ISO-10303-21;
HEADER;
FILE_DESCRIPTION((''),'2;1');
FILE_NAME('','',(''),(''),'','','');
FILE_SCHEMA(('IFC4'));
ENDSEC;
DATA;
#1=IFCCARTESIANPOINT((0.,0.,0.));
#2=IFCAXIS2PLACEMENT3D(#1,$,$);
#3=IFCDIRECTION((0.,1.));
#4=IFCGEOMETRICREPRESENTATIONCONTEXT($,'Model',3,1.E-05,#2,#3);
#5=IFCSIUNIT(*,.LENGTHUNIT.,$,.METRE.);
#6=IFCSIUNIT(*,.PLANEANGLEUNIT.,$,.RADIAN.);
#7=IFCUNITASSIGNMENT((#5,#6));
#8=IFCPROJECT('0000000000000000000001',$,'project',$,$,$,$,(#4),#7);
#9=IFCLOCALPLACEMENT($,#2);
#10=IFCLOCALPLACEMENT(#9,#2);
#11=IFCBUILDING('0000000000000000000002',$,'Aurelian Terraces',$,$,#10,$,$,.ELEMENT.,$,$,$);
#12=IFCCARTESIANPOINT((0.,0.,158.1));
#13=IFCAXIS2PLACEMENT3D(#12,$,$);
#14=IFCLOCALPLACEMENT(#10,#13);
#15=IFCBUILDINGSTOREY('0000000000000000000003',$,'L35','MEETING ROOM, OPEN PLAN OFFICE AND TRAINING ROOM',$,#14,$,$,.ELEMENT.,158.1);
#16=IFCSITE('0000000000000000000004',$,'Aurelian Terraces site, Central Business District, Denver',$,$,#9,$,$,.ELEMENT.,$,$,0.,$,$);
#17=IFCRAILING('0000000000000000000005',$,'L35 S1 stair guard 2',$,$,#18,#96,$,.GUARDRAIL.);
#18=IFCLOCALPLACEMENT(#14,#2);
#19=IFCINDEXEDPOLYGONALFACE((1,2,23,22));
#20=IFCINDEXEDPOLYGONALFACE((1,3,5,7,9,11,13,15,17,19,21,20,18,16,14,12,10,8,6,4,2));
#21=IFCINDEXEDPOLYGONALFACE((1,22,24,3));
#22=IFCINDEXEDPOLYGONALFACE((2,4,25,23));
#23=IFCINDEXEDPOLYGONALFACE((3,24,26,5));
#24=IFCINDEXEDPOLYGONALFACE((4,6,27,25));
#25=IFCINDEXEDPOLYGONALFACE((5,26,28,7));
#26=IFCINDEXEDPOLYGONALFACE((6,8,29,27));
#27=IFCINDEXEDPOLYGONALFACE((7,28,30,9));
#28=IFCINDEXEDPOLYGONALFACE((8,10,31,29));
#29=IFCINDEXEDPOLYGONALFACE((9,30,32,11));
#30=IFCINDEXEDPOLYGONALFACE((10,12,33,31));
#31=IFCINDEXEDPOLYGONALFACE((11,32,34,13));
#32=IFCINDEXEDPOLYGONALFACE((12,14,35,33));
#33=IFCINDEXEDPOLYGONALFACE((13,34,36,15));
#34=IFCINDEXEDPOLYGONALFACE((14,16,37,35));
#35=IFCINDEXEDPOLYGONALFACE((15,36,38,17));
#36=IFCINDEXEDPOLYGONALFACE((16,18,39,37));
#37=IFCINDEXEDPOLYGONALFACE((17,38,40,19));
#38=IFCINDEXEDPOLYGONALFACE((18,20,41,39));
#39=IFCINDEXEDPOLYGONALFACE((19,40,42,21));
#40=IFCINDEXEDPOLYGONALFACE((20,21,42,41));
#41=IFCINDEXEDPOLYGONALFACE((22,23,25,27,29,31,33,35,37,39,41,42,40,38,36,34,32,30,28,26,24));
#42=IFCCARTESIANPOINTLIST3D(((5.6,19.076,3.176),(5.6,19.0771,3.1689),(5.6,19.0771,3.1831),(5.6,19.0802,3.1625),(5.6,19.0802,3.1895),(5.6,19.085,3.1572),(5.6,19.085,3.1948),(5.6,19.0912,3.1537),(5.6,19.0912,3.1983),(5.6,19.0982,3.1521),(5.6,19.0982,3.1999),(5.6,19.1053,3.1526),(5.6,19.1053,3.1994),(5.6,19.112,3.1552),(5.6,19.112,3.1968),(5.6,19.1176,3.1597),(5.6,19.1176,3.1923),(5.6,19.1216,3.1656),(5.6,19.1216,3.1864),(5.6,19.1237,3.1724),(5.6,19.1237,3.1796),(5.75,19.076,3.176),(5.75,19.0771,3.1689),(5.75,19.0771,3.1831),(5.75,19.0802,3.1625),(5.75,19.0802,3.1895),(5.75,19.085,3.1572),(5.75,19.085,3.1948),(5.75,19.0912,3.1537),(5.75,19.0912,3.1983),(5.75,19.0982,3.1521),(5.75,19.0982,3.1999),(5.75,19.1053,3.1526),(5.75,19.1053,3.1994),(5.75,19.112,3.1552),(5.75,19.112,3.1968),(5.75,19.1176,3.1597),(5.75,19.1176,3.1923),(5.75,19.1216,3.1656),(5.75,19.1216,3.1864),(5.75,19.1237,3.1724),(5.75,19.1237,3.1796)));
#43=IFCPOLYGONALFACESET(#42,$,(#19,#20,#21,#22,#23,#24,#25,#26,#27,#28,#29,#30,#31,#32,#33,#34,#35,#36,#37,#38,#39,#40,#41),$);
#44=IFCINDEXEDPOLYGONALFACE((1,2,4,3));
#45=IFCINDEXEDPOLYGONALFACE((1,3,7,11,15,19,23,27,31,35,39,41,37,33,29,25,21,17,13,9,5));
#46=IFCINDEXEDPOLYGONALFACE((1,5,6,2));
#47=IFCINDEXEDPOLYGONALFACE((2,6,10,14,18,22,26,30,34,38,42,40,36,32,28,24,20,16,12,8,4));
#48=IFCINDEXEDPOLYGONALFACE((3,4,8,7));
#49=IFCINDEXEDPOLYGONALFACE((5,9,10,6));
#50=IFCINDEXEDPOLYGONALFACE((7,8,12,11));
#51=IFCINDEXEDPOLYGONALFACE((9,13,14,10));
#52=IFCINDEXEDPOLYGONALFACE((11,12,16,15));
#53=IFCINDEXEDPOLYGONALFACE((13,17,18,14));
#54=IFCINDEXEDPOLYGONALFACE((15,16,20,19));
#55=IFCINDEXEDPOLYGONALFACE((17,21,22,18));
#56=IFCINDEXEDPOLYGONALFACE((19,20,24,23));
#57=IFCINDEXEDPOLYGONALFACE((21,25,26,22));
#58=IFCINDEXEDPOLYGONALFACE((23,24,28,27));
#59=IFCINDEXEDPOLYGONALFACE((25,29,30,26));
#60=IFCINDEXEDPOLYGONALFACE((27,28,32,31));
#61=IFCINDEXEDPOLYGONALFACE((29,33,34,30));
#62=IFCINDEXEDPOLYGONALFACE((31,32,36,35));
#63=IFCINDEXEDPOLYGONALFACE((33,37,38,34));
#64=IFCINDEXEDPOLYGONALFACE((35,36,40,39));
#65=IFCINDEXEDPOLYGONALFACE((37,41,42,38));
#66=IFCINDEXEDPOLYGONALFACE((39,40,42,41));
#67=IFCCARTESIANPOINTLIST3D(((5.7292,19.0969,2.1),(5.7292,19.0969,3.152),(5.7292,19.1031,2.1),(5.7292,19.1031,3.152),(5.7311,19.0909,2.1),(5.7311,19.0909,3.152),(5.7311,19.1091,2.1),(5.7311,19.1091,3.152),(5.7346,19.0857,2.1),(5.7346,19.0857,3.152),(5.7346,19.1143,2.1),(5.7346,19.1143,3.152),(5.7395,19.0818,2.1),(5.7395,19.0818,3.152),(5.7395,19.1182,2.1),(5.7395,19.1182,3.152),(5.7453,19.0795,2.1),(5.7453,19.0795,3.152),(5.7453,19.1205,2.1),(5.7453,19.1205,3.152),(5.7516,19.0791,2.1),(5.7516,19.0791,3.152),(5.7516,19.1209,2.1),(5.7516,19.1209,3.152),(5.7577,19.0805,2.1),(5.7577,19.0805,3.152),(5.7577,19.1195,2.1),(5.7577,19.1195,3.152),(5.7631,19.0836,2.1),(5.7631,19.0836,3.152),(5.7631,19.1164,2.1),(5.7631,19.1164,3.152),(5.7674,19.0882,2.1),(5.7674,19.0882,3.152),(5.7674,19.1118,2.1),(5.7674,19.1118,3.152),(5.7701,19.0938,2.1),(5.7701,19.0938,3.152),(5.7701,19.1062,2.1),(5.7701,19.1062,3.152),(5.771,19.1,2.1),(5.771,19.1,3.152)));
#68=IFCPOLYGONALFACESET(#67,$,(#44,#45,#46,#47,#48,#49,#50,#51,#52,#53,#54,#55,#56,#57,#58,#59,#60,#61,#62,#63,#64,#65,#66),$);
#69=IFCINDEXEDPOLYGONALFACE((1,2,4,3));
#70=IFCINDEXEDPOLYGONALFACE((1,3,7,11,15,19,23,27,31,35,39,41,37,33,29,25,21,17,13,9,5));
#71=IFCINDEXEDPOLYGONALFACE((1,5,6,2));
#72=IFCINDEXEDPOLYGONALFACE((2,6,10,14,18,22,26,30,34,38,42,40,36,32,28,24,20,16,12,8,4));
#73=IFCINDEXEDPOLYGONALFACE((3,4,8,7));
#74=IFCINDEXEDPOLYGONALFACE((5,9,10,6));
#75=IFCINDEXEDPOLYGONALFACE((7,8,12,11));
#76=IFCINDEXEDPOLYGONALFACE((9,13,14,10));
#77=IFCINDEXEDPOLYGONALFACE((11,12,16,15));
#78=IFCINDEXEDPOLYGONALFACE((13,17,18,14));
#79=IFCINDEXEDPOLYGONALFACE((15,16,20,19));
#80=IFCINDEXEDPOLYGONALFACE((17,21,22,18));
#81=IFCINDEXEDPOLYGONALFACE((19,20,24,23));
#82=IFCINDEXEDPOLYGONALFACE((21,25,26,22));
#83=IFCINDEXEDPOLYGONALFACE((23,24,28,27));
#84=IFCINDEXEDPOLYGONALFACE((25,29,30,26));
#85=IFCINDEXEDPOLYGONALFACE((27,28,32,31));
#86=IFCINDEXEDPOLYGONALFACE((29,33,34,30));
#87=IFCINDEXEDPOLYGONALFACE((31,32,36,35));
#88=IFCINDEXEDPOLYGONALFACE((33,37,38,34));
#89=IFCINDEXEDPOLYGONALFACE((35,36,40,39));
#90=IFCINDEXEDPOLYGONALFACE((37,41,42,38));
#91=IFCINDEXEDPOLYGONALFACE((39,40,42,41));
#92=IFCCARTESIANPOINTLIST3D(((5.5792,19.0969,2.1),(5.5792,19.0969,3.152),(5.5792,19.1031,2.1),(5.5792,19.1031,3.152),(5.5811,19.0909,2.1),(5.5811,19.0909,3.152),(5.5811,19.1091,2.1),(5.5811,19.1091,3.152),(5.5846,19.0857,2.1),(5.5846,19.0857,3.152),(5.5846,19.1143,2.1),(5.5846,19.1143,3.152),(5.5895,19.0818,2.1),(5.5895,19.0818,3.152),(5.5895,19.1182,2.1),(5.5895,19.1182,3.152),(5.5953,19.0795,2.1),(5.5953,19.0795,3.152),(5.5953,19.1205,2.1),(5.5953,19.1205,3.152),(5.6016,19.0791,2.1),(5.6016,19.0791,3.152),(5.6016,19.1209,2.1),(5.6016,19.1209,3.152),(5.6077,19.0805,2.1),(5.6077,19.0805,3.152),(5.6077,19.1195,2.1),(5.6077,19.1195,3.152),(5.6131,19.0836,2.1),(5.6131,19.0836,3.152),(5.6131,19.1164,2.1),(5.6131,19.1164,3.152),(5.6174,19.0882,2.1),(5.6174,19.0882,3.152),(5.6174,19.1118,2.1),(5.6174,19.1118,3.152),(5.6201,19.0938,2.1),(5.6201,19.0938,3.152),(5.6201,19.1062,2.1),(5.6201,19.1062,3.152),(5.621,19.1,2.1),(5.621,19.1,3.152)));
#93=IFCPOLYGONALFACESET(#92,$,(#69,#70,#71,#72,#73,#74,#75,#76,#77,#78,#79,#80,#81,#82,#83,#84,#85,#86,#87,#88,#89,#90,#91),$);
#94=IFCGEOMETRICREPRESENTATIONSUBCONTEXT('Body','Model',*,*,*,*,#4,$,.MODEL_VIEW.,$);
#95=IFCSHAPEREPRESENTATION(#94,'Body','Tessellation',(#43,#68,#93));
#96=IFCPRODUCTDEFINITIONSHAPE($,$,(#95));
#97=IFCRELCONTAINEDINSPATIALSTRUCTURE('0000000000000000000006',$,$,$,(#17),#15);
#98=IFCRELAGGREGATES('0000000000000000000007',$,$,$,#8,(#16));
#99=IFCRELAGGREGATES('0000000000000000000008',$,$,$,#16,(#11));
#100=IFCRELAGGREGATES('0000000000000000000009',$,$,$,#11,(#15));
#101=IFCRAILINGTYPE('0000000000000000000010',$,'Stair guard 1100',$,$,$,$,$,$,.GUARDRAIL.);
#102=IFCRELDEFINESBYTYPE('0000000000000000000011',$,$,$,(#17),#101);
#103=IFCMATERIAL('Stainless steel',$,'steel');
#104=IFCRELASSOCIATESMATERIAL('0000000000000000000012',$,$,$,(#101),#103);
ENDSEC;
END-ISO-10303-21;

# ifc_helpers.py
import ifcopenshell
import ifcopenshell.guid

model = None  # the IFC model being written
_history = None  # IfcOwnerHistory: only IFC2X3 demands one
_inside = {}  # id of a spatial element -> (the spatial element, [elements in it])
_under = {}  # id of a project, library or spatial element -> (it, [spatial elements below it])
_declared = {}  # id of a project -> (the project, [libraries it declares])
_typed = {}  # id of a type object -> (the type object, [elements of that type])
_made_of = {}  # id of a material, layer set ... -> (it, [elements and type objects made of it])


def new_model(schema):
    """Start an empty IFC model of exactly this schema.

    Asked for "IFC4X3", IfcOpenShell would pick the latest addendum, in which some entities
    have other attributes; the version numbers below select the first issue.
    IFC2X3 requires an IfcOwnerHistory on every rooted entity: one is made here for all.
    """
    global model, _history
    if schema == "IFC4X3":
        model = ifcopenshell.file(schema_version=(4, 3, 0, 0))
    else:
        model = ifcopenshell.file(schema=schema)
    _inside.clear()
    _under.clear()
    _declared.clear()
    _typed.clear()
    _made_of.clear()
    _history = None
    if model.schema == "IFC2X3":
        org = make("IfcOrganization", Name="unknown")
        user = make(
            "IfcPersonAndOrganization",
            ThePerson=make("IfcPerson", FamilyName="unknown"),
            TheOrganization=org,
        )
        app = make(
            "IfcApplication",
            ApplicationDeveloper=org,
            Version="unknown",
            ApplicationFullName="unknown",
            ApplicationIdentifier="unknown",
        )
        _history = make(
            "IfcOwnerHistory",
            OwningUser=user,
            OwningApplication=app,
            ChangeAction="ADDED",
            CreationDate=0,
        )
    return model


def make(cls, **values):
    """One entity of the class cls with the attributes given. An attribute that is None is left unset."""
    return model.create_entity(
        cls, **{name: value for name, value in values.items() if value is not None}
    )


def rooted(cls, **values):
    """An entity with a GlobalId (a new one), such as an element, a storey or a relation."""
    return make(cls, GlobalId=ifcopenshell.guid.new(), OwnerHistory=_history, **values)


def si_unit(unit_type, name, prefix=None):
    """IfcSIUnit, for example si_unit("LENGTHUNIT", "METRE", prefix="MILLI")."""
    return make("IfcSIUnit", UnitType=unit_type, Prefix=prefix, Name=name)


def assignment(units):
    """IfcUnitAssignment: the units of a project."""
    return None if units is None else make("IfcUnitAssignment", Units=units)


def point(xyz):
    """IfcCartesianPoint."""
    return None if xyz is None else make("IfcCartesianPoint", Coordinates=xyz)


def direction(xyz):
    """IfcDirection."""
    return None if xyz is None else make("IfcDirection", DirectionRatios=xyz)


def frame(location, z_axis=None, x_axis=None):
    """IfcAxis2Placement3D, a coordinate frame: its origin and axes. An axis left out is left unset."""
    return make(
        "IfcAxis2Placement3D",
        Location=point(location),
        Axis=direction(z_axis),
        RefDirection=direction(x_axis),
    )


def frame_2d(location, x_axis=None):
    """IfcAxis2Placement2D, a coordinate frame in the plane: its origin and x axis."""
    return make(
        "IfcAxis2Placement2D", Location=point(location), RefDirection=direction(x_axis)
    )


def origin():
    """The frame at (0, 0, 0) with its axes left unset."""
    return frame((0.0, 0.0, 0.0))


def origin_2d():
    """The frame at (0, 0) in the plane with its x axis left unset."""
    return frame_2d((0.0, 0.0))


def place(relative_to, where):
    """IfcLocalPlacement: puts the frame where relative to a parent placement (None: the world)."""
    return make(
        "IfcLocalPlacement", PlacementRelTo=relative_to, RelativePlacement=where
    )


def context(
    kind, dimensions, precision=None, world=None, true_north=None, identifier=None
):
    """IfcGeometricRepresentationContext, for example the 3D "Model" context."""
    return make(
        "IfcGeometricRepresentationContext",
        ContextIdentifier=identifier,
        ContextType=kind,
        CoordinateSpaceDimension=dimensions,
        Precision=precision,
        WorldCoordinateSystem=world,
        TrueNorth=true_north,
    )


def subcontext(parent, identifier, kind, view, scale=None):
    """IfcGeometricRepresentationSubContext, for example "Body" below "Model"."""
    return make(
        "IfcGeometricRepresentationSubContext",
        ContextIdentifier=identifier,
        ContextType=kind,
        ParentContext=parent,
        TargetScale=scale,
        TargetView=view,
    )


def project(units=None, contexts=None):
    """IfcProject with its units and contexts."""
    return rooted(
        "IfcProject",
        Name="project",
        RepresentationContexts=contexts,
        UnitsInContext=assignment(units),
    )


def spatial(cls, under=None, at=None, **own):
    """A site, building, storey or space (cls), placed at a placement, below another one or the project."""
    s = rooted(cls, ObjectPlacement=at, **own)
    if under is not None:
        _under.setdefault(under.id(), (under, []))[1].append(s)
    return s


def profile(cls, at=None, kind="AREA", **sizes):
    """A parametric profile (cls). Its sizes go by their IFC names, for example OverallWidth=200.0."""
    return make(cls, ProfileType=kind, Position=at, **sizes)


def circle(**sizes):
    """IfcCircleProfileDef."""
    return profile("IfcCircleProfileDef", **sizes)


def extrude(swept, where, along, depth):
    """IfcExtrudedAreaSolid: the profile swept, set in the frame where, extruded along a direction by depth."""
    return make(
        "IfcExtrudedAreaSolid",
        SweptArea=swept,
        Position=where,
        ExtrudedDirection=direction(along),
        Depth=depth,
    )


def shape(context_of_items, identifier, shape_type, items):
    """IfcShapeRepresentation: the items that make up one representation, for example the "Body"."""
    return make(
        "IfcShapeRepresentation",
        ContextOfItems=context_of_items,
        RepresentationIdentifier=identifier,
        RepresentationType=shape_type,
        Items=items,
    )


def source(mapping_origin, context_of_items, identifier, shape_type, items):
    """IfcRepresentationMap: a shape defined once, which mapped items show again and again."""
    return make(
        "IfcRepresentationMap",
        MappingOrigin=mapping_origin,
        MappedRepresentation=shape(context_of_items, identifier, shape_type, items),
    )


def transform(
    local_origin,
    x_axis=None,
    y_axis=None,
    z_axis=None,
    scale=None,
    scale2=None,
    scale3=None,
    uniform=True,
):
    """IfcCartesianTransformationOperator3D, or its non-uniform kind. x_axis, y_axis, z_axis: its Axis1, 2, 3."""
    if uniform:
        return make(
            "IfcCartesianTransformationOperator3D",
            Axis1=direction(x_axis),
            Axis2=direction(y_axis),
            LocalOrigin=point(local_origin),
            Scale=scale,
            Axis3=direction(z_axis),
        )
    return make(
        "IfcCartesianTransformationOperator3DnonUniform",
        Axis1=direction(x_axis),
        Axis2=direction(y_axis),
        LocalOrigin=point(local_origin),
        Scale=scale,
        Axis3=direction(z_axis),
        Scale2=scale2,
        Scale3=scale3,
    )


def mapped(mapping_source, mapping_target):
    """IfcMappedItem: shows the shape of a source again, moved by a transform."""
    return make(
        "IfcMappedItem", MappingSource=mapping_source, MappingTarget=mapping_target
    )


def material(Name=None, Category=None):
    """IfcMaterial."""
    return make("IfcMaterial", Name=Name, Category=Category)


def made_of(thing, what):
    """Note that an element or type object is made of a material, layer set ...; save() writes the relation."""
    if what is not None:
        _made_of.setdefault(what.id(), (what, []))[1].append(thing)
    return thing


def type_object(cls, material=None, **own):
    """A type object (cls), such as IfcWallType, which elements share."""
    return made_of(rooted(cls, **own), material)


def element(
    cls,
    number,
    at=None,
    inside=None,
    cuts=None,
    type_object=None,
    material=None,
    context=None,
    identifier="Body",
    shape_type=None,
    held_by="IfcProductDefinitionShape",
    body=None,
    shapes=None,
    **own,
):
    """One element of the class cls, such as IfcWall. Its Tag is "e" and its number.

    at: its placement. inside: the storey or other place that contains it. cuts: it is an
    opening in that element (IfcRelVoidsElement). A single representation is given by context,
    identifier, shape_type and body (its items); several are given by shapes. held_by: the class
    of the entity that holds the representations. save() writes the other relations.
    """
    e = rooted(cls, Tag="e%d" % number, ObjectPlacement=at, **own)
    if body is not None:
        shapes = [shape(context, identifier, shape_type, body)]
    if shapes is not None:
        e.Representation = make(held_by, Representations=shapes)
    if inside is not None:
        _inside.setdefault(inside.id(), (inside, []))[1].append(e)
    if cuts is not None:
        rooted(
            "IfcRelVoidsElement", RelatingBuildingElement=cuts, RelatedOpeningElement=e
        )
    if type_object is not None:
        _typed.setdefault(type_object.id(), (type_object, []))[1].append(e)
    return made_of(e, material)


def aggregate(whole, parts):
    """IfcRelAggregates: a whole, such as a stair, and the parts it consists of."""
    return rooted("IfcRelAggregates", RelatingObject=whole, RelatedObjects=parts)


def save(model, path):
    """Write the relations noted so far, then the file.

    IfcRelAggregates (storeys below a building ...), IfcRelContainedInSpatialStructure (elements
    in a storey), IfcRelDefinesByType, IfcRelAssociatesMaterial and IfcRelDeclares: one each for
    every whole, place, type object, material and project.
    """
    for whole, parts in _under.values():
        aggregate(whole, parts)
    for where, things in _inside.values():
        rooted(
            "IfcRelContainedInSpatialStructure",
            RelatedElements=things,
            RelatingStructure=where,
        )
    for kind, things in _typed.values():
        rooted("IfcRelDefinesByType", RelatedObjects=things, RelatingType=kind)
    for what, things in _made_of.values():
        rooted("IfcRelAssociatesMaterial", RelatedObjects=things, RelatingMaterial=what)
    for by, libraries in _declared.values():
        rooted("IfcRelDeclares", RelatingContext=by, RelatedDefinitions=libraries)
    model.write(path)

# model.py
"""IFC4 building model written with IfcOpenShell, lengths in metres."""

from ifc_helpers import new_model, si_unit, direction, frame, origin, origin_2d, place, context, subcontext, project, spatial, circle, extrude, source, transform, mapped, material, type_object, element, save


model = new_model("IFC4")

# Units and contexts
model_context = context("Model", 3, precision=1e-05, world=origin(), true_north=direction((0.0, 1.0)))
body_context = subcontext(model_context, "Body", "Model", "MODEL_VIEW")
ifc_project = project(units=[si_unit("LENGTHUNIT", "METRE"), si_unit("PLANEANGLEUNIT", "RADIAN")], contexts=[model_context])

# Site, building, storey
site_placement = place(None, origin())
site = spatial("IfcSite", under=ifc_project, at=site_placement, Name="Aurelian Terraces site, Central Business District, Denver", CompositionType="ELEMENT", RefElevation=0.0)
building_placement = place(site_placement, origin())
building = spatial("IfcBuilding", under=site, at=building_placement, Name="Aurelian Terraces", CompositionType="ELEMENT")
storey_placement = place(building_placement, frame((0.0, 0.0, 158.1)))
storey = spatial("IfcBuildingStorey", under=building, at=storey_placement, Name="L35", Description="MEETING ROOM, OPEN PLAN OFFICE AND TRAINING ROOM", CompositionType="ELEMENT", Elevation=158.1)

# Railing
ifc_material_1 = material(Name="Stainless steel", Category="steel")
railing_type_1 = type_object("IfcRailingType", Name="Stair guard 1100", PredefinedType="GUARDRAIL", material=ifc_material_1)
shared_shape_1 = source(origin(), body_context, "Body", "SweptSolid", [
    extrude(circle(Radius=0.024, at=origin_2d()), frame((0.0, 0.0, 1.076), z_axis=(-1.0, 0.0, 0.0), x_axis=(0.0, -1.0, 0.0)), (0.0, 0.0, 1.0), 0.15),
    extrude(circle(Radius=0.021, at=origin_2d()), origin(), (0.0, 0.0, 1.0), 1.052),
    extrude(circle(Radius=0.021, at=origin_2d()), frame((-0.15, 0.0, 0.0)), (0.0, 0.0, 1.0), 1.052),
])
railing_1_placement = place(storey_placement, frame((5.75, 19.1, 2.1)))
element("IfcRailing", 1, at=railing_1_placement, inside=storey, type_object=railing_type_1, Name="L35 S1 stair guard 2", PredefinedType="GUARDRAIL", context=body_context, shape_type="MappedRepresentation", body=[
    mapped(shared_shape_1, transform((0.0, 0.0, 0.0), scale=1.0)),
])

save(model, "model.ifc")
